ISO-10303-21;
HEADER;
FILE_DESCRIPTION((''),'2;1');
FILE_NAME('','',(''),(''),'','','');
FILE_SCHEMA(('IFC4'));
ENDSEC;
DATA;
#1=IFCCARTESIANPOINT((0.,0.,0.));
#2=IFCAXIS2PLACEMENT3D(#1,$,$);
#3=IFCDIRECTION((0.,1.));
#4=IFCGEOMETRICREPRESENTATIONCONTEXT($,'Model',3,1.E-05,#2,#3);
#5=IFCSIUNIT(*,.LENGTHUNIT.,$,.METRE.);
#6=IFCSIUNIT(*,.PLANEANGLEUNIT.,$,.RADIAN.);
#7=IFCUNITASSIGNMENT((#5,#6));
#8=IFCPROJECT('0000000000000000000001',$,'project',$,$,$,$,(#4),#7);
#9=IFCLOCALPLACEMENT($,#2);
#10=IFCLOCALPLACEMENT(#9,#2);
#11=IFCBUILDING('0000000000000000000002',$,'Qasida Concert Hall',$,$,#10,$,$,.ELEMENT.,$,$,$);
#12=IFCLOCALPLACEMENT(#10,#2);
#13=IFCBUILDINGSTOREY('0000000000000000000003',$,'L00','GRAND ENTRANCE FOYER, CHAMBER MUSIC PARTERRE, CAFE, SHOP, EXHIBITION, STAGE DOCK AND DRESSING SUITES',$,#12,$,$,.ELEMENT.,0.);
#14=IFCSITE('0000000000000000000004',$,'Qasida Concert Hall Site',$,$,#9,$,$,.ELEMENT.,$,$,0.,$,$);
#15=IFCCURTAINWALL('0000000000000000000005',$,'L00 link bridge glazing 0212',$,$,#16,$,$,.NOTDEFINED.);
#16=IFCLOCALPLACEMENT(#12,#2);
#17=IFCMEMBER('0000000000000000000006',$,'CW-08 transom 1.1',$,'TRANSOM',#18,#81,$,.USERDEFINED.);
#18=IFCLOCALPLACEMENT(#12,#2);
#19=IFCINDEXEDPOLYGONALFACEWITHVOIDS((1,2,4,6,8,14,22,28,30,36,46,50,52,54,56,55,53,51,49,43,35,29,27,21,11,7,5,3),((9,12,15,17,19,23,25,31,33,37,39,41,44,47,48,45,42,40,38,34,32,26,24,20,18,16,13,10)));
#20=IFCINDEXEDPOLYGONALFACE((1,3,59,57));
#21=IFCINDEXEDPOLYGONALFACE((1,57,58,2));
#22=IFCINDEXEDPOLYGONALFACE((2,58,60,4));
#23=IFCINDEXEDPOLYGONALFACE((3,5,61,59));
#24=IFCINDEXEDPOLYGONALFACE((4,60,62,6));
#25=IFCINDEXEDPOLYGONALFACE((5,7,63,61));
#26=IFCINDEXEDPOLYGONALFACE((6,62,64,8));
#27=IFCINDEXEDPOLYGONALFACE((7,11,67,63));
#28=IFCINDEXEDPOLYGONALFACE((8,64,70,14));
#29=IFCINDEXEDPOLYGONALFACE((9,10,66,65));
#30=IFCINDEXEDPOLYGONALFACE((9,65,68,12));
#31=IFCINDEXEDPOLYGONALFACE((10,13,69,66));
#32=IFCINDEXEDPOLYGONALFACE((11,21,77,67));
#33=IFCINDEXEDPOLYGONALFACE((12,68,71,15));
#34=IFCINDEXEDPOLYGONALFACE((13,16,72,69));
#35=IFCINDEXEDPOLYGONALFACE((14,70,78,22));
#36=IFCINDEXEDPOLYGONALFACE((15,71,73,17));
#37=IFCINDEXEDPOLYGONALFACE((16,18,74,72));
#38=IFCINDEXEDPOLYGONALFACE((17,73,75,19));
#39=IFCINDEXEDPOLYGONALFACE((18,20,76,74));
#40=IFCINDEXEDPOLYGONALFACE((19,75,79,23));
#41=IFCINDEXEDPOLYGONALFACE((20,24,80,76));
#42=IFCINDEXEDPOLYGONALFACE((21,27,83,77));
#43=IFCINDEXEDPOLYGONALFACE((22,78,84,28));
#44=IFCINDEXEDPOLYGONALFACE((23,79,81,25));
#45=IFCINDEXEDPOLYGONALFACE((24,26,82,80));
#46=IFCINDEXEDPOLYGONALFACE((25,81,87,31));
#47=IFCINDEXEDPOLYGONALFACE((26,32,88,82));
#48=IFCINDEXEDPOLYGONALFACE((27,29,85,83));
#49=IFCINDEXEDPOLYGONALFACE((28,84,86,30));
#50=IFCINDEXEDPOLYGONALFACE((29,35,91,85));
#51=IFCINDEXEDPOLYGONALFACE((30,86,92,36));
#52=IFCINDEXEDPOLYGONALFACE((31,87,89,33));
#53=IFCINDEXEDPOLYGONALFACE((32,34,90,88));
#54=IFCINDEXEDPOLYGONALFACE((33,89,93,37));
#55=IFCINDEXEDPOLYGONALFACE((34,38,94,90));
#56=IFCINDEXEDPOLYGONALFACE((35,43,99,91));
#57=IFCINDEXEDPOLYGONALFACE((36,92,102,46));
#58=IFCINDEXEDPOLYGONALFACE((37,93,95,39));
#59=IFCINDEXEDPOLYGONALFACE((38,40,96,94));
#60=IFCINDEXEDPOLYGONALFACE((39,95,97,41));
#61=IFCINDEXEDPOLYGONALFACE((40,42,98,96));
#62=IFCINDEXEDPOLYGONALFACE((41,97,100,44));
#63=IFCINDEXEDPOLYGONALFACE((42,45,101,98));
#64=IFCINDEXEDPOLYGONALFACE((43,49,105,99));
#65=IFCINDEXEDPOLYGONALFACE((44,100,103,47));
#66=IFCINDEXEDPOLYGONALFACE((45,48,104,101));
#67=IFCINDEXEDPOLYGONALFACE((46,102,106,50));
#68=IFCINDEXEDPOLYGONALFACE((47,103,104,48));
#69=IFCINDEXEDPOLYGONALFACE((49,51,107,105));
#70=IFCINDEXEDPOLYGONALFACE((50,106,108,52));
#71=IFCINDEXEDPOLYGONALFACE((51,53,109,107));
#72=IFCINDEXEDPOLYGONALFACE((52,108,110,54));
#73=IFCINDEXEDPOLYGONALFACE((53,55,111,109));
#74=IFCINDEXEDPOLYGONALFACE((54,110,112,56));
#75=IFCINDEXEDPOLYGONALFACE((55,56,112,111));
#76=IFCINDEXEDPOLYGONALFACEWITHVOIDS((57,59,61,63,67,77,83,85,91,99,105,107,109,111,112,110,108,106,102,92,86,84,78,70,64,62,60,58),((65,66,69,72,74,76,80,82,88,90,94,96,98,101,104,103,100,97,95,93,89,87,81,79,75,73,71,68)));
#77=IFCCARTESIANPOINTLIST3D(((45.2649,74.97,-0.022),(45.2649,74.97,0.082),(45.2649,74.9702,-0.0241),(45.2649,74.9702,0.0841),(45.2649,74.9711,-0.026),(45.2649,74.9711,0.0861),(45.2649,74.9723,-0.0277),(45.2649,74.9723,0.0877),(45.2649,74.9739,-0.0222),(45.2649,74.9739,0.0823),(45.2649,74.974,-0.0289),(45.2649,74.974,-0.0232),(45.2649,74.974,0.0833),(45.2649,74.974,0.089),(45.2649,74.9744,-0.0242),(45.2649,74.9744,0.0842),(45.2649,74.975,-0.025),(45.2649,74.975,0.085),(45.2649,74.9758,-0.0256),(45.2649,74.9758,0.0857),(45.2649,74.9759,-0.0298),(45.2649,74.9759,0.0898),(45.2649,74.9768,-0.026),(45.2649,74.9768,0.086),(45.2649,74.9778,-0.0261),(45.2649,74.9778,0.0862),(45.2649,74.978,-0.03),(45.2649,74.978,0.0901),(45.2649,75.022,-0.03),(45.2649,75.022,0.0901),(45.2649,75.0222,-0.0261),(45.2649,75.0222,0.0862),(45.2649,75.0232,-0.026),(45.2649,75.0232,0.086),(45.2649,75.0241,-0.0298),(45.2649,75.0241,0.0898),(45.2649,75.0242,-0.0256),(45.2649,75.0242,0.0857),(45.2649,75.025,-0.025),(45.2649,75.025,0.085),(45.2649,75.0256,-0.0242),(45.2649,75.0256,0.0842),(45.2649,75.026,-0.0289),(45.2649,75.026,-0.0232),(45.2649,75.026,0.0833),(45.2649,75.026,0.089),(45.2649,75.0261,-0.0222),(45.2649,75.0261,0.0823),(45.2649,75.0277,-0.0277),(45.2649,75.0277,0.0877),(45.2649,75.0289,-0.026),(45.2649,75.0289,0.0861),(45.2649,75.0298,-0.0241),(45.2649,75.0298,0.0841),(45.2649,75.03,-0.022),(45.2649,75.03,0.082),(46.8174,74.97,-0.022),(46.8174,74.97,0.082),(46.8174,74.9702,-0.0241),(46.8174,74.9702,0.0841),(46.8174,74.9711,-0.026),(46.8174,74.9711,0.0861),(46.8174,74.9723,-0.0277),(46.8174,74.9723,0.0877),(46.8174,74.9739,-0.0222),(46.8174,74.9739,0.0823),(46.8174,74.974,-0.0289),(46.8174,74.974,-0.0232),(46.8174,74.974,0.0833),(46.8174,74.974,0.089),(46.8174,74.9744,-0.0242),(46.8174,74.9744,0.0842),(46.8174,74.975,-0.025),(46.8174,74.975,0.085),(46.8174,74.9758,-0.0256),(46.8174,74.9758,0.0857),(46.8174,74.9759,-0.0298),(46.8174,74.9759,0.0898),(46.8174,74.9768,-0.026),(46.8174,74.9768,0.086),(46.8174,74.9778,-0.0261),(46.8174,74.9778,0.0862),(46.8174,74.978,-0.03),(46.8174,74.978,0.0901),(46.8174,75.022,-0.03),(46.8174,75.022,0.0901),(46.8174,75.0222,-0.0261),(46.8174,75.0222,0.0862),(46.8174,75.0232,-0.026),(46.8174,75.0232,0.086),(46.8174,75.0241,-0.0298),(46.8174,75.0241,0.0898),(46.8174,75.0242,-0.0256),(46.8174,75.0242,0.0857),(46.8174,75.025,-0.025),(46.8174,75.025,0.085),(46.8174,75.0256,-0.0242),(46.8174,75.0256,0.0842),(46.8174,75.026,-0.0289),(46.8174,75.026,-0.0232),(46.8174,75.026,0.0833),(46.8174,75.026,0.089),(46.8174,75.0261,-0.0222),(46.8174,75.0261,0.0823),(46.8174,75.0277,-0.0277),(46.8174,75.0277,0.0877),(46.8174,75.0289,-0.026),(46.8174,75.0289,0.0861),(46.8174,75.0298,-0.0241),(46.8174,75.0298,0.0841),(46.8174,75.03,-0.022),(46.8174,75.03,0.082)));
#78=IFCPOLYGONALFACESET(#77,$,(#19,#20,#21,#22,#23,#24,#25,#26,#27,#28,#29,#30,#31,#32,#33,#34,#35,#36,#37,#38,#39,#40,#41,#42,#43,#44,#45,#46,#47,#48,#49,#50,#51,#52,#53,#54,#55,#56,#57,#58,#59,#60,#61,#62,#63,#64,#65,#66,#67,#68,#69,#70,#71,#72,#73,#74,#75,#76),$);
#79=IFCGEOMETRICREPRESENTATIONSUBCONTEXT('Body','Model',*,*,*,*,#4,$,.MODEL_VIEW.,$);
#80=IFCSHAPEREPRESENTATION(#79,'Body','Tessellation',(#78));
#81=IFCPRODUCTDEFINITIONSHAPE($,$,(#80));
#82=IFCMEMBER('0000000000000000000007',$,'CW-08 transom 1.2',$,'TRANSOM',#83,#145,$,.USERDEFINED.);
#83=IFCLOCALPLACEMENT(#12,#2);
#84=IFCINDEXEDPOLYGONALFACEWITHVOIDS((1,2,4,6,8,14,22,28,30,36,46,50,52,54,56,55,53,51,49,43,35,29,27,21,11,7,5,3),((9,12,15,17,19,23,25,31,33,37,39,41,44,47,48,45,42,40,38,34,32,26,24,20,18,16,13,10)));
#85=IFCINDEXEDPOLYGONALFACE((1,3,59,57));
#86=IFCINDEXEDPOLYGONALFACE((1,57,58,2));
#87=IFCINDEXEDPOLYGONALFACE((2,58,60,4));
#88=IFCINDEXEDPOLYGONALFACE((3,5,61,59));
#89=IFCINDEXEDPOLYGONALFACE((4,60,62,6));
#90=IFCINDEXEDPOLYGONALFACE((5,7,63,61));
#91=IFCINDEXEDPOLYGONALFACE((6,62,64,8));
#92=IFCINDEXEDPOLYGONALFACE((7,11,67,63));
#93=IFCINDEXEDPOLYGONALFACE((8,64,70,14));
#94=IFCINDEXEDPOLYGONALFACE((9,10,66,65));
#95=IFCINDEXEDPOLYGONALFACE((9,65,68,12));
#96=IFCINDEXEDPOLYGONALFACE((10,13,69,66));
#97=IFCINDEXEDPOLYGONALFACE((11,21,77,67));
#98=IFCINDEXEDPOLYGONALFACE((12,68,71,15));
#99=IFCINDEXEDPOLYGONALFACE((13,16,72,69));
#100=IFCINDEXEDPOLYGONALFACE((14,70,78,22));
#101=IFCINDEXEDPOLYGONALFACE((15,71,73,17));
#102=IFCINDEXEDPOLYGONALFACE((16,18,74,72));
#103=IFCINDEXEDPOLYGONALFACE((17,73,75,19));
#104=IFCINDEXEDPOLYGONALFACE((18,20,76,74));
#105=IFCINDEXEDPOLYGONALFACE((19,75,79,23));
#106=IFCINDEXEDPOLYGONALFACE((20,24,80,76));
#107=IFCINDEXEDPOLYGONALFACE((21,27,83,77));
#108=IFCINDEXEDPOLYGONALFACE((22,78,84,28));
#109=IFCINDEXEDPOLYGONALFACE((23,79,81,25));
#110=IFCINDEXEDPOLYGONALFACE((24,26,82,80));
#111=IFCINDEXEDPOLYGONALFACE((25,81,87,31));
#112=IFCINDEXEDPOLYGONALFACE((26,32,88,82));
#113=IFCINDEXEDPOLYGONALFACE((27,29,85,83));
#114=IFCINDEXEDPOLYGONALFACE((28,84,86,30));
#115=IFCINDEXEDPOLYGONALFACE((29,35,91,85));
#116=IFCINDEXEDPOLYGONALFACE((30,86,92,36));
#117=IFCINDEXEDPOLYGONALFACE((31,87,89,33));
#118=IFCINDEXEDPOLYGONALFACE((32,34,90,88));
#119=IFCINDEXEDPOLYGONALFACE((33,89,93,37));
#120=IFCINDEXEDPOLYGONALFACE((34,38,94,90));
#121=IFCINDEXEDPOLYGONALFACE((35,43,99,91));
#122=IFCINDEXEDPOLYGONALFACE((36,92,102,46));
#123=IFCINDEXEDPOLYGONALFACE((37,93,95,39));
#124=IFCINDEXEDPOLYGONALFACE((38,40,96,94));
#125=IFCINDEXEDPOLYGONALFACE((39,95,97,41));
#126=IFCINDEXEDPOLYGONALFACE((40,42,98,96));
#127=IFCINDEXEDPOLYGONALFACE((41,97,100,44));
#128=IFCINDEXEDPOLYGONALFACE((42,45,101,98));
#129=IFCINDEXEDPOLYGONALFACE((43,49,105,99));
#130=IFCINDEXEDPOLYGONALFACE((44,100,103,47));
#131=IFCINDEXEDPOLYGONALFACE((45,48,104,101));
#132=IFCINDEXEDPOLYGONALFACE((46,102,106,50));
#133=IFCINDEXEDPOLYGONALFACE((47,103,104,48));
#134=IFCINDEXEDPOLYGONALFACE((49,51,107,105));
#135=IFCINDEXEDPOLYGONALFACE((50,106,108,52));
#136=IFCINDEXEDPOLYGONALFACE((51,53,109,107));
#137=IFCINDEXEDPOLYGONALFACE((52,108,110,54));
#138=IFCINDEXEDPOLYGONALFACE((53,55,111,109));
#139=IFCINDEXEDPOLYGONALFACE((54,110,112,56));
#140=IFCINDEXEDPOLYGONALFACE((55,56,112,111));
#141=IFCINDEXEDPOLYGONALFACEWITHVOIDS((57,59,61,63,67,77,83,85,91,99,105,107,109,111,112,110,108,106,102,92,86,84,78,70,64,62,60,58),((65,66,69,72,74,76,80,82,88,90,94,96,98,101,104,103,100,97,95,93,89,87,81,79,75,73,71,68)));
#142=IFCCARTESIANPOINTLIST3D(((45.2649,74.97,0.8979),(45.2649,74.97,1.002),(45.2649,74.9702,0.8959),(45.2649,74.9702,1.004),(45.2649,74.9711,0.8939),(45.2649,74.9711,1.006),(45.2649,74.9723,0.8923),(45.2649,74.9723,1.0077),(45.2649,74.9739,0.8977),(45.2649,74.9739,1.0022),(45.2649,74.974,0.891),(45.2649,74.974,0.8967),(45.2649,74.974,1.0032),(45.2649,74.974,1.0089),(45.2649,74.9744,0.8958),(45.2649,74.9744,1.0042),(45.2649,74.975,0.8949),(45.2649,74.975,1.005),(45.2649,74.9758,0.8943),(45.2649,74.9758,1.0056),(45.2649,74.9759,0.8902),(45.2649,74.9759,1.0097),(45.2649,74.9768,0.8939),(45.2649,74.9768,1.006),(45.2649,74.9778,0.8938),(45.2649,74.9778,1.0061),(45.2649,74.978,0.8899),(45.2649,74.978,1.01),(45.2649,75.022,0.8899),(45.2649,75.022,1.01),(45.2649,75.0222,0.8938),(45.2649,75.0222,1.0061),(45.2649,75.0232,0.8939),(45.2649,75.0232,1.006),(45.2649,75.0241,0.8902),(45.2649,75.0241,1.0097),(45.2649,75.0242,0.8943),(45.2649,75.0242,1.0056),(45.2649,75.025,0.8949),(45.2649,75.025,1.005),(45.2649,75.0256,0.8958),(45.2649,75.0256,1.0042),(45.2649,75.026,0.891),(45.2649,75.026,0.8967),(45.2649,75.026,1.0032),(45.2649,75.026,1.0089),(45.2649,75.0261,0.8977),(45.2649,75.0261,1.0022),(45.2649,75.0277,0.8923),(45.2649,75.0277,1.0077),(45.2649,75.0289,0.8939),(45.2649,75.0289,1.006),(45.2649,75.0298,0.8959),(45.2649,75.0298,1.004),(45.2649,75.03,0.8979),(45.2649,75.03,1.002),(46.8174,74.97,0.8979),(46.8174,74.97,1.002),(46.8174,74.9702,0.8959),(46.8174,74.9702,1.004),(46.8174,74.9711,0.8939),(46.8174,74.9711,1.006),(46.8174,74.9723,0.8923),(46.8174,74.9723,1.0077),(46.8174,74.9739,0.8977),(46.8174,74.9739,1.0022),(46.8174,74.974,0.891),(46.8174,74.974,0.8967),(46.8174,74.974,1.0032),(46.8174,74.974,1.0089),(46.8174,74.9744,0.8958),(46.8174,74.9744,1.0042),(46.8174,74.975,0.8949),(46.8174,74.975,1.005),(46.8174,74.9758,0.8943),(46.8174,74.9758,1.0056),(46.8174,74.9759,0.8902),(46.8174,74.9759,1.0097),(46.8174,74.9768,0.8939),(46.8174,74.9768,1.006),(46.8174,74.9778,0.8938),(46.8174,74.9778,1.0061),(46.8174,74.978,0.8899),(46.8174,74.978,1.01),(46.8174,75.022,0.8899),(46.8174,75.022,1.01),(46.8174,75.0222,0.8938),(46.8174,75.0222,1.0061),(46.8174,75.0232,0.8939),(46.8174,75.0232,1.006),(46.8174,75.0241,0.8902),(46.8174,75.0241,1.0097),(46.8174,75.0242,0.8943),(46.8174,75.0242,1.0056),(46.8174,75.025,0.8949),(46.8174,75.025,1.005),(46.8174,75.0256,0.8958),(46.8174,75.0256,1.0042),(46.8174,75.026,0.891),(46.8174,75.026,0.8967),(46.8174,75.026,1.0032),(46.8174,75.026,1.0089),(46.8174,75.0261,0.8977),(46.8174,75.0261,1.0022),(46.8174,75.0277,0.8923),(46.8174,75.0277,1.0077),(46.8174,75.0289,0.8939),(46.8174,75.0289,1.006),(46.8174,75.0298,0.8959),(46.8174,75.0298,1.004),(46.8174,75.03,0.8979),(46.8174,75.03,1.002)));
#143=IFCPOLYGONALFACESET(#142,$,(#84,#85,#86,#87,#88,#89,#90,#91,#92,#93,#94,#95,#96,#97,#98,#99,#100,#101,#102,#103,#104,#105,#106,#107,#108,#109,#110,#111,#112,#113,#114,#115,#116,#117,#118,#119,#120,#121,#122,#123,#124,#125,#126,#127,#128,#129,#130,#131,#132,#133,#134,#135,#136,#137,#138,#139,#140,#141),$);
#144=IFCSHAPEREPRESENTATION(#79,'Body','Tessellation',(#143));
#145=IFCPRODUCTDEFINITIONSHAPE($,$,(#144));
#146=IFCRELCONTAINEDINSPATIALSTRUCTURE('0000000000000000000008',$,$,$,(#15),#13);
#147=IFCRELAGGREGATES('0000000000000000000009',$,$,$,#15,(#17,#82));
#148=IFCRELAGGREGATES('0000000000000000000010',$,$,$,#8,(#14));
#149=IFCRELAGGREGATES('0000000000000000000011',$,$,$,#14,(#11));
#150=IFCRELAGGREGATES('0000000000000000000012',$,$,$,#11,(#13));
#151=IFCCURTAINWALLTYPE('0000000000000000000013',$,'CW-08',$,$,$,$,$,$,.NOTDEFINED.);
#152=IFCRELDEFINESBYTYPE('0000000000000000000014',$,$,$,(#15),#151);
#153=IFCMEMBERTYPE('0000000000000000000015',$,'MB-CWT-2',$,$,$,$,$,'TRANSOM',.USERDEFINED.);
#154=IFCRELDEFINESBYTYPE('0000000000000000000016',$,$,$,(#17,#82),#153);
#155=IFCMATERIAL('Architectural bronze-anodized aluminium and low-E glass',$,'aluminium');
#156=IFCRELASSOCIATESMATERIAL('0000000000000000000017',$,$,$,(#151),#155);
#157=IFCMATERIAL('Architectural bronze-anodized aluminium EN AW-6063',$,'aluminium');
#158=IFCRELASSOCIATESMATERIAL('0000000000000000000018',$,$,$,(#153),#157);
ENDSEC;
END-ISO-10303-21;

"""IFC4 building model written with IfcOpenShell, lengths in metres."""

from ifc_helpers import new_model, si_unit, direction, frame, origin, origin_2d, place, context, subcontext, project, spatial, hollow_rectangle, extrude, material, material_profile, profile_set, type_object, element, aggregate, save


model = new_model("IFC4")

# Units and contexts
model_context = context("Model", 3, precision=1e-05, world=origin(), true_north=direction((0.0, 1.0)))
body_context = subcontext(model_context, "Body", "Model", "MODEL_VIEW")
ifc_project = project(units=[si_unit("LENGTHUNIT", "METRE"), si_unit("PLANEANGLEUNIT", "RADIAN")], contexts=[model_context])

# Site, building, storey
site_placement = place(None, origin())
site = spatial("IfcSite", under=ifc_project, at=site_placement, Name="Qasida Concert Hall Site", CompositionType="ELEMENT", RefElevation=0.0)
building_placement = place(site_placement, origin())
building = spatial("IfcBuilding", under=site, at=building_placement, Name="Qasida Concert Hall", CompositionType="ELEMENT")
storey_placement = place(building_placement, origin())
storey = spatial("IfcBuildingStorey", under=building, at=storey_placement, Name="L00", Description="GRAND ENTRANCE FOYER, CHAMBER MUSIC PARTERRE, CAFE, SHOP, EXHIBITION, STAGE DOCK AND DRESSING SUITES", CompositionType="ELEMENT", Elevation=0.0)

# Curtain wall
ifc_material_1 = material(Name="Architectural bronze-anodized aluminium and low-E glass", Category="aluminium")
curtain_wall_type = type_object("IfcCurtainWallType", Name="CW-08", PredefinedType="NOTDEFINED", material=ifc_material_1)
ifc_material_2 = material(Name="Architectural bronze-anodized aluminium EN AW-6063", Category="aluminium")
curtain_wall_1_placement = place(storey_placement, origin())
curtain_wall_1 = element("IfcCurtainWall", 1, at=curtain_wall_1_placement, inside=storey, type_object=curtain_wall_type, Name="L00 link bridge glazing 0212", PredefinedType="NOTDEFINED")

# Members
ifc_material_profile_1 = material_profile(ifc_material_2, hollow_rectangle(XDim=0.0601, YDim=0.1201, WallThickness=0.0039, InnerFilletRadius=0.0039, OuterFilletRadius=0.0081, at=origin_2d()), Name="CWT 120x60x4")
ifc_profile_set_1 = profile_set([ifc_material_profile_1], Name="Architectural bronze-anodized aluminium EN AW-6063")
member_type_1 = type_object("IfcMemberType", Name="MB-CWT-2", ElementType="TRANSOM", PredefinedType="USERDEFINED", material=ifc_profile_set_1)
member_1_placement = place(storey_placement, frame((45.2649, 75.0, 0.03), z_axis=(1.0, 0.0, 0.0), x_axis=(0.0, 1.0, 0.0)))
member_1 = element("IfcMember", 2, at=member_1_placement, type_object=member_type_1, Name="CW-08 transom 1.1", ObjectType="TRANSOM", PredefinedType="USERDEFINED", context=body_context, shape_type="SweptSolid", body=[
    extrude(hollow_rectangle(XDim=0.0601, YDim=0.1201, WallThickness=0.0039, InnerFilletRadius=0.0039, OuterFilletRadius=0.0081, at=origin_2d()), origin(), (0.0, 0.0, 1.0), 1.5525),
])
member_2_placement = place(storey_placement, frame((45.2649, 75.0, 0.95), z_axis=(1.0, 0.0, 0.0), x_axis=(0.0, 1.0, 0.0)))
member_2 = element("IfcMember", 3, at=member_2_placement, type_object=member_type_1, Name="CW-08 transom 1.2", ObjectType="TRANSOM", PredefinedType="USERDEFINED", context=body_context, shape_type="SweptSolid", body=[
    extrude(hollow_rectangle(XDim=0.0601, YDim=0.1201, WallThickness=0.0039, InnerFilletRadius=0.0039, OuterFilletRadius=0.0081, at=origin_2d()), origin(), (0.0, 0.0, 1.0), 1.5525),
])
aggregate(curtain_wall_1, [member_1, member_2])

save(model, "model.ifc")
